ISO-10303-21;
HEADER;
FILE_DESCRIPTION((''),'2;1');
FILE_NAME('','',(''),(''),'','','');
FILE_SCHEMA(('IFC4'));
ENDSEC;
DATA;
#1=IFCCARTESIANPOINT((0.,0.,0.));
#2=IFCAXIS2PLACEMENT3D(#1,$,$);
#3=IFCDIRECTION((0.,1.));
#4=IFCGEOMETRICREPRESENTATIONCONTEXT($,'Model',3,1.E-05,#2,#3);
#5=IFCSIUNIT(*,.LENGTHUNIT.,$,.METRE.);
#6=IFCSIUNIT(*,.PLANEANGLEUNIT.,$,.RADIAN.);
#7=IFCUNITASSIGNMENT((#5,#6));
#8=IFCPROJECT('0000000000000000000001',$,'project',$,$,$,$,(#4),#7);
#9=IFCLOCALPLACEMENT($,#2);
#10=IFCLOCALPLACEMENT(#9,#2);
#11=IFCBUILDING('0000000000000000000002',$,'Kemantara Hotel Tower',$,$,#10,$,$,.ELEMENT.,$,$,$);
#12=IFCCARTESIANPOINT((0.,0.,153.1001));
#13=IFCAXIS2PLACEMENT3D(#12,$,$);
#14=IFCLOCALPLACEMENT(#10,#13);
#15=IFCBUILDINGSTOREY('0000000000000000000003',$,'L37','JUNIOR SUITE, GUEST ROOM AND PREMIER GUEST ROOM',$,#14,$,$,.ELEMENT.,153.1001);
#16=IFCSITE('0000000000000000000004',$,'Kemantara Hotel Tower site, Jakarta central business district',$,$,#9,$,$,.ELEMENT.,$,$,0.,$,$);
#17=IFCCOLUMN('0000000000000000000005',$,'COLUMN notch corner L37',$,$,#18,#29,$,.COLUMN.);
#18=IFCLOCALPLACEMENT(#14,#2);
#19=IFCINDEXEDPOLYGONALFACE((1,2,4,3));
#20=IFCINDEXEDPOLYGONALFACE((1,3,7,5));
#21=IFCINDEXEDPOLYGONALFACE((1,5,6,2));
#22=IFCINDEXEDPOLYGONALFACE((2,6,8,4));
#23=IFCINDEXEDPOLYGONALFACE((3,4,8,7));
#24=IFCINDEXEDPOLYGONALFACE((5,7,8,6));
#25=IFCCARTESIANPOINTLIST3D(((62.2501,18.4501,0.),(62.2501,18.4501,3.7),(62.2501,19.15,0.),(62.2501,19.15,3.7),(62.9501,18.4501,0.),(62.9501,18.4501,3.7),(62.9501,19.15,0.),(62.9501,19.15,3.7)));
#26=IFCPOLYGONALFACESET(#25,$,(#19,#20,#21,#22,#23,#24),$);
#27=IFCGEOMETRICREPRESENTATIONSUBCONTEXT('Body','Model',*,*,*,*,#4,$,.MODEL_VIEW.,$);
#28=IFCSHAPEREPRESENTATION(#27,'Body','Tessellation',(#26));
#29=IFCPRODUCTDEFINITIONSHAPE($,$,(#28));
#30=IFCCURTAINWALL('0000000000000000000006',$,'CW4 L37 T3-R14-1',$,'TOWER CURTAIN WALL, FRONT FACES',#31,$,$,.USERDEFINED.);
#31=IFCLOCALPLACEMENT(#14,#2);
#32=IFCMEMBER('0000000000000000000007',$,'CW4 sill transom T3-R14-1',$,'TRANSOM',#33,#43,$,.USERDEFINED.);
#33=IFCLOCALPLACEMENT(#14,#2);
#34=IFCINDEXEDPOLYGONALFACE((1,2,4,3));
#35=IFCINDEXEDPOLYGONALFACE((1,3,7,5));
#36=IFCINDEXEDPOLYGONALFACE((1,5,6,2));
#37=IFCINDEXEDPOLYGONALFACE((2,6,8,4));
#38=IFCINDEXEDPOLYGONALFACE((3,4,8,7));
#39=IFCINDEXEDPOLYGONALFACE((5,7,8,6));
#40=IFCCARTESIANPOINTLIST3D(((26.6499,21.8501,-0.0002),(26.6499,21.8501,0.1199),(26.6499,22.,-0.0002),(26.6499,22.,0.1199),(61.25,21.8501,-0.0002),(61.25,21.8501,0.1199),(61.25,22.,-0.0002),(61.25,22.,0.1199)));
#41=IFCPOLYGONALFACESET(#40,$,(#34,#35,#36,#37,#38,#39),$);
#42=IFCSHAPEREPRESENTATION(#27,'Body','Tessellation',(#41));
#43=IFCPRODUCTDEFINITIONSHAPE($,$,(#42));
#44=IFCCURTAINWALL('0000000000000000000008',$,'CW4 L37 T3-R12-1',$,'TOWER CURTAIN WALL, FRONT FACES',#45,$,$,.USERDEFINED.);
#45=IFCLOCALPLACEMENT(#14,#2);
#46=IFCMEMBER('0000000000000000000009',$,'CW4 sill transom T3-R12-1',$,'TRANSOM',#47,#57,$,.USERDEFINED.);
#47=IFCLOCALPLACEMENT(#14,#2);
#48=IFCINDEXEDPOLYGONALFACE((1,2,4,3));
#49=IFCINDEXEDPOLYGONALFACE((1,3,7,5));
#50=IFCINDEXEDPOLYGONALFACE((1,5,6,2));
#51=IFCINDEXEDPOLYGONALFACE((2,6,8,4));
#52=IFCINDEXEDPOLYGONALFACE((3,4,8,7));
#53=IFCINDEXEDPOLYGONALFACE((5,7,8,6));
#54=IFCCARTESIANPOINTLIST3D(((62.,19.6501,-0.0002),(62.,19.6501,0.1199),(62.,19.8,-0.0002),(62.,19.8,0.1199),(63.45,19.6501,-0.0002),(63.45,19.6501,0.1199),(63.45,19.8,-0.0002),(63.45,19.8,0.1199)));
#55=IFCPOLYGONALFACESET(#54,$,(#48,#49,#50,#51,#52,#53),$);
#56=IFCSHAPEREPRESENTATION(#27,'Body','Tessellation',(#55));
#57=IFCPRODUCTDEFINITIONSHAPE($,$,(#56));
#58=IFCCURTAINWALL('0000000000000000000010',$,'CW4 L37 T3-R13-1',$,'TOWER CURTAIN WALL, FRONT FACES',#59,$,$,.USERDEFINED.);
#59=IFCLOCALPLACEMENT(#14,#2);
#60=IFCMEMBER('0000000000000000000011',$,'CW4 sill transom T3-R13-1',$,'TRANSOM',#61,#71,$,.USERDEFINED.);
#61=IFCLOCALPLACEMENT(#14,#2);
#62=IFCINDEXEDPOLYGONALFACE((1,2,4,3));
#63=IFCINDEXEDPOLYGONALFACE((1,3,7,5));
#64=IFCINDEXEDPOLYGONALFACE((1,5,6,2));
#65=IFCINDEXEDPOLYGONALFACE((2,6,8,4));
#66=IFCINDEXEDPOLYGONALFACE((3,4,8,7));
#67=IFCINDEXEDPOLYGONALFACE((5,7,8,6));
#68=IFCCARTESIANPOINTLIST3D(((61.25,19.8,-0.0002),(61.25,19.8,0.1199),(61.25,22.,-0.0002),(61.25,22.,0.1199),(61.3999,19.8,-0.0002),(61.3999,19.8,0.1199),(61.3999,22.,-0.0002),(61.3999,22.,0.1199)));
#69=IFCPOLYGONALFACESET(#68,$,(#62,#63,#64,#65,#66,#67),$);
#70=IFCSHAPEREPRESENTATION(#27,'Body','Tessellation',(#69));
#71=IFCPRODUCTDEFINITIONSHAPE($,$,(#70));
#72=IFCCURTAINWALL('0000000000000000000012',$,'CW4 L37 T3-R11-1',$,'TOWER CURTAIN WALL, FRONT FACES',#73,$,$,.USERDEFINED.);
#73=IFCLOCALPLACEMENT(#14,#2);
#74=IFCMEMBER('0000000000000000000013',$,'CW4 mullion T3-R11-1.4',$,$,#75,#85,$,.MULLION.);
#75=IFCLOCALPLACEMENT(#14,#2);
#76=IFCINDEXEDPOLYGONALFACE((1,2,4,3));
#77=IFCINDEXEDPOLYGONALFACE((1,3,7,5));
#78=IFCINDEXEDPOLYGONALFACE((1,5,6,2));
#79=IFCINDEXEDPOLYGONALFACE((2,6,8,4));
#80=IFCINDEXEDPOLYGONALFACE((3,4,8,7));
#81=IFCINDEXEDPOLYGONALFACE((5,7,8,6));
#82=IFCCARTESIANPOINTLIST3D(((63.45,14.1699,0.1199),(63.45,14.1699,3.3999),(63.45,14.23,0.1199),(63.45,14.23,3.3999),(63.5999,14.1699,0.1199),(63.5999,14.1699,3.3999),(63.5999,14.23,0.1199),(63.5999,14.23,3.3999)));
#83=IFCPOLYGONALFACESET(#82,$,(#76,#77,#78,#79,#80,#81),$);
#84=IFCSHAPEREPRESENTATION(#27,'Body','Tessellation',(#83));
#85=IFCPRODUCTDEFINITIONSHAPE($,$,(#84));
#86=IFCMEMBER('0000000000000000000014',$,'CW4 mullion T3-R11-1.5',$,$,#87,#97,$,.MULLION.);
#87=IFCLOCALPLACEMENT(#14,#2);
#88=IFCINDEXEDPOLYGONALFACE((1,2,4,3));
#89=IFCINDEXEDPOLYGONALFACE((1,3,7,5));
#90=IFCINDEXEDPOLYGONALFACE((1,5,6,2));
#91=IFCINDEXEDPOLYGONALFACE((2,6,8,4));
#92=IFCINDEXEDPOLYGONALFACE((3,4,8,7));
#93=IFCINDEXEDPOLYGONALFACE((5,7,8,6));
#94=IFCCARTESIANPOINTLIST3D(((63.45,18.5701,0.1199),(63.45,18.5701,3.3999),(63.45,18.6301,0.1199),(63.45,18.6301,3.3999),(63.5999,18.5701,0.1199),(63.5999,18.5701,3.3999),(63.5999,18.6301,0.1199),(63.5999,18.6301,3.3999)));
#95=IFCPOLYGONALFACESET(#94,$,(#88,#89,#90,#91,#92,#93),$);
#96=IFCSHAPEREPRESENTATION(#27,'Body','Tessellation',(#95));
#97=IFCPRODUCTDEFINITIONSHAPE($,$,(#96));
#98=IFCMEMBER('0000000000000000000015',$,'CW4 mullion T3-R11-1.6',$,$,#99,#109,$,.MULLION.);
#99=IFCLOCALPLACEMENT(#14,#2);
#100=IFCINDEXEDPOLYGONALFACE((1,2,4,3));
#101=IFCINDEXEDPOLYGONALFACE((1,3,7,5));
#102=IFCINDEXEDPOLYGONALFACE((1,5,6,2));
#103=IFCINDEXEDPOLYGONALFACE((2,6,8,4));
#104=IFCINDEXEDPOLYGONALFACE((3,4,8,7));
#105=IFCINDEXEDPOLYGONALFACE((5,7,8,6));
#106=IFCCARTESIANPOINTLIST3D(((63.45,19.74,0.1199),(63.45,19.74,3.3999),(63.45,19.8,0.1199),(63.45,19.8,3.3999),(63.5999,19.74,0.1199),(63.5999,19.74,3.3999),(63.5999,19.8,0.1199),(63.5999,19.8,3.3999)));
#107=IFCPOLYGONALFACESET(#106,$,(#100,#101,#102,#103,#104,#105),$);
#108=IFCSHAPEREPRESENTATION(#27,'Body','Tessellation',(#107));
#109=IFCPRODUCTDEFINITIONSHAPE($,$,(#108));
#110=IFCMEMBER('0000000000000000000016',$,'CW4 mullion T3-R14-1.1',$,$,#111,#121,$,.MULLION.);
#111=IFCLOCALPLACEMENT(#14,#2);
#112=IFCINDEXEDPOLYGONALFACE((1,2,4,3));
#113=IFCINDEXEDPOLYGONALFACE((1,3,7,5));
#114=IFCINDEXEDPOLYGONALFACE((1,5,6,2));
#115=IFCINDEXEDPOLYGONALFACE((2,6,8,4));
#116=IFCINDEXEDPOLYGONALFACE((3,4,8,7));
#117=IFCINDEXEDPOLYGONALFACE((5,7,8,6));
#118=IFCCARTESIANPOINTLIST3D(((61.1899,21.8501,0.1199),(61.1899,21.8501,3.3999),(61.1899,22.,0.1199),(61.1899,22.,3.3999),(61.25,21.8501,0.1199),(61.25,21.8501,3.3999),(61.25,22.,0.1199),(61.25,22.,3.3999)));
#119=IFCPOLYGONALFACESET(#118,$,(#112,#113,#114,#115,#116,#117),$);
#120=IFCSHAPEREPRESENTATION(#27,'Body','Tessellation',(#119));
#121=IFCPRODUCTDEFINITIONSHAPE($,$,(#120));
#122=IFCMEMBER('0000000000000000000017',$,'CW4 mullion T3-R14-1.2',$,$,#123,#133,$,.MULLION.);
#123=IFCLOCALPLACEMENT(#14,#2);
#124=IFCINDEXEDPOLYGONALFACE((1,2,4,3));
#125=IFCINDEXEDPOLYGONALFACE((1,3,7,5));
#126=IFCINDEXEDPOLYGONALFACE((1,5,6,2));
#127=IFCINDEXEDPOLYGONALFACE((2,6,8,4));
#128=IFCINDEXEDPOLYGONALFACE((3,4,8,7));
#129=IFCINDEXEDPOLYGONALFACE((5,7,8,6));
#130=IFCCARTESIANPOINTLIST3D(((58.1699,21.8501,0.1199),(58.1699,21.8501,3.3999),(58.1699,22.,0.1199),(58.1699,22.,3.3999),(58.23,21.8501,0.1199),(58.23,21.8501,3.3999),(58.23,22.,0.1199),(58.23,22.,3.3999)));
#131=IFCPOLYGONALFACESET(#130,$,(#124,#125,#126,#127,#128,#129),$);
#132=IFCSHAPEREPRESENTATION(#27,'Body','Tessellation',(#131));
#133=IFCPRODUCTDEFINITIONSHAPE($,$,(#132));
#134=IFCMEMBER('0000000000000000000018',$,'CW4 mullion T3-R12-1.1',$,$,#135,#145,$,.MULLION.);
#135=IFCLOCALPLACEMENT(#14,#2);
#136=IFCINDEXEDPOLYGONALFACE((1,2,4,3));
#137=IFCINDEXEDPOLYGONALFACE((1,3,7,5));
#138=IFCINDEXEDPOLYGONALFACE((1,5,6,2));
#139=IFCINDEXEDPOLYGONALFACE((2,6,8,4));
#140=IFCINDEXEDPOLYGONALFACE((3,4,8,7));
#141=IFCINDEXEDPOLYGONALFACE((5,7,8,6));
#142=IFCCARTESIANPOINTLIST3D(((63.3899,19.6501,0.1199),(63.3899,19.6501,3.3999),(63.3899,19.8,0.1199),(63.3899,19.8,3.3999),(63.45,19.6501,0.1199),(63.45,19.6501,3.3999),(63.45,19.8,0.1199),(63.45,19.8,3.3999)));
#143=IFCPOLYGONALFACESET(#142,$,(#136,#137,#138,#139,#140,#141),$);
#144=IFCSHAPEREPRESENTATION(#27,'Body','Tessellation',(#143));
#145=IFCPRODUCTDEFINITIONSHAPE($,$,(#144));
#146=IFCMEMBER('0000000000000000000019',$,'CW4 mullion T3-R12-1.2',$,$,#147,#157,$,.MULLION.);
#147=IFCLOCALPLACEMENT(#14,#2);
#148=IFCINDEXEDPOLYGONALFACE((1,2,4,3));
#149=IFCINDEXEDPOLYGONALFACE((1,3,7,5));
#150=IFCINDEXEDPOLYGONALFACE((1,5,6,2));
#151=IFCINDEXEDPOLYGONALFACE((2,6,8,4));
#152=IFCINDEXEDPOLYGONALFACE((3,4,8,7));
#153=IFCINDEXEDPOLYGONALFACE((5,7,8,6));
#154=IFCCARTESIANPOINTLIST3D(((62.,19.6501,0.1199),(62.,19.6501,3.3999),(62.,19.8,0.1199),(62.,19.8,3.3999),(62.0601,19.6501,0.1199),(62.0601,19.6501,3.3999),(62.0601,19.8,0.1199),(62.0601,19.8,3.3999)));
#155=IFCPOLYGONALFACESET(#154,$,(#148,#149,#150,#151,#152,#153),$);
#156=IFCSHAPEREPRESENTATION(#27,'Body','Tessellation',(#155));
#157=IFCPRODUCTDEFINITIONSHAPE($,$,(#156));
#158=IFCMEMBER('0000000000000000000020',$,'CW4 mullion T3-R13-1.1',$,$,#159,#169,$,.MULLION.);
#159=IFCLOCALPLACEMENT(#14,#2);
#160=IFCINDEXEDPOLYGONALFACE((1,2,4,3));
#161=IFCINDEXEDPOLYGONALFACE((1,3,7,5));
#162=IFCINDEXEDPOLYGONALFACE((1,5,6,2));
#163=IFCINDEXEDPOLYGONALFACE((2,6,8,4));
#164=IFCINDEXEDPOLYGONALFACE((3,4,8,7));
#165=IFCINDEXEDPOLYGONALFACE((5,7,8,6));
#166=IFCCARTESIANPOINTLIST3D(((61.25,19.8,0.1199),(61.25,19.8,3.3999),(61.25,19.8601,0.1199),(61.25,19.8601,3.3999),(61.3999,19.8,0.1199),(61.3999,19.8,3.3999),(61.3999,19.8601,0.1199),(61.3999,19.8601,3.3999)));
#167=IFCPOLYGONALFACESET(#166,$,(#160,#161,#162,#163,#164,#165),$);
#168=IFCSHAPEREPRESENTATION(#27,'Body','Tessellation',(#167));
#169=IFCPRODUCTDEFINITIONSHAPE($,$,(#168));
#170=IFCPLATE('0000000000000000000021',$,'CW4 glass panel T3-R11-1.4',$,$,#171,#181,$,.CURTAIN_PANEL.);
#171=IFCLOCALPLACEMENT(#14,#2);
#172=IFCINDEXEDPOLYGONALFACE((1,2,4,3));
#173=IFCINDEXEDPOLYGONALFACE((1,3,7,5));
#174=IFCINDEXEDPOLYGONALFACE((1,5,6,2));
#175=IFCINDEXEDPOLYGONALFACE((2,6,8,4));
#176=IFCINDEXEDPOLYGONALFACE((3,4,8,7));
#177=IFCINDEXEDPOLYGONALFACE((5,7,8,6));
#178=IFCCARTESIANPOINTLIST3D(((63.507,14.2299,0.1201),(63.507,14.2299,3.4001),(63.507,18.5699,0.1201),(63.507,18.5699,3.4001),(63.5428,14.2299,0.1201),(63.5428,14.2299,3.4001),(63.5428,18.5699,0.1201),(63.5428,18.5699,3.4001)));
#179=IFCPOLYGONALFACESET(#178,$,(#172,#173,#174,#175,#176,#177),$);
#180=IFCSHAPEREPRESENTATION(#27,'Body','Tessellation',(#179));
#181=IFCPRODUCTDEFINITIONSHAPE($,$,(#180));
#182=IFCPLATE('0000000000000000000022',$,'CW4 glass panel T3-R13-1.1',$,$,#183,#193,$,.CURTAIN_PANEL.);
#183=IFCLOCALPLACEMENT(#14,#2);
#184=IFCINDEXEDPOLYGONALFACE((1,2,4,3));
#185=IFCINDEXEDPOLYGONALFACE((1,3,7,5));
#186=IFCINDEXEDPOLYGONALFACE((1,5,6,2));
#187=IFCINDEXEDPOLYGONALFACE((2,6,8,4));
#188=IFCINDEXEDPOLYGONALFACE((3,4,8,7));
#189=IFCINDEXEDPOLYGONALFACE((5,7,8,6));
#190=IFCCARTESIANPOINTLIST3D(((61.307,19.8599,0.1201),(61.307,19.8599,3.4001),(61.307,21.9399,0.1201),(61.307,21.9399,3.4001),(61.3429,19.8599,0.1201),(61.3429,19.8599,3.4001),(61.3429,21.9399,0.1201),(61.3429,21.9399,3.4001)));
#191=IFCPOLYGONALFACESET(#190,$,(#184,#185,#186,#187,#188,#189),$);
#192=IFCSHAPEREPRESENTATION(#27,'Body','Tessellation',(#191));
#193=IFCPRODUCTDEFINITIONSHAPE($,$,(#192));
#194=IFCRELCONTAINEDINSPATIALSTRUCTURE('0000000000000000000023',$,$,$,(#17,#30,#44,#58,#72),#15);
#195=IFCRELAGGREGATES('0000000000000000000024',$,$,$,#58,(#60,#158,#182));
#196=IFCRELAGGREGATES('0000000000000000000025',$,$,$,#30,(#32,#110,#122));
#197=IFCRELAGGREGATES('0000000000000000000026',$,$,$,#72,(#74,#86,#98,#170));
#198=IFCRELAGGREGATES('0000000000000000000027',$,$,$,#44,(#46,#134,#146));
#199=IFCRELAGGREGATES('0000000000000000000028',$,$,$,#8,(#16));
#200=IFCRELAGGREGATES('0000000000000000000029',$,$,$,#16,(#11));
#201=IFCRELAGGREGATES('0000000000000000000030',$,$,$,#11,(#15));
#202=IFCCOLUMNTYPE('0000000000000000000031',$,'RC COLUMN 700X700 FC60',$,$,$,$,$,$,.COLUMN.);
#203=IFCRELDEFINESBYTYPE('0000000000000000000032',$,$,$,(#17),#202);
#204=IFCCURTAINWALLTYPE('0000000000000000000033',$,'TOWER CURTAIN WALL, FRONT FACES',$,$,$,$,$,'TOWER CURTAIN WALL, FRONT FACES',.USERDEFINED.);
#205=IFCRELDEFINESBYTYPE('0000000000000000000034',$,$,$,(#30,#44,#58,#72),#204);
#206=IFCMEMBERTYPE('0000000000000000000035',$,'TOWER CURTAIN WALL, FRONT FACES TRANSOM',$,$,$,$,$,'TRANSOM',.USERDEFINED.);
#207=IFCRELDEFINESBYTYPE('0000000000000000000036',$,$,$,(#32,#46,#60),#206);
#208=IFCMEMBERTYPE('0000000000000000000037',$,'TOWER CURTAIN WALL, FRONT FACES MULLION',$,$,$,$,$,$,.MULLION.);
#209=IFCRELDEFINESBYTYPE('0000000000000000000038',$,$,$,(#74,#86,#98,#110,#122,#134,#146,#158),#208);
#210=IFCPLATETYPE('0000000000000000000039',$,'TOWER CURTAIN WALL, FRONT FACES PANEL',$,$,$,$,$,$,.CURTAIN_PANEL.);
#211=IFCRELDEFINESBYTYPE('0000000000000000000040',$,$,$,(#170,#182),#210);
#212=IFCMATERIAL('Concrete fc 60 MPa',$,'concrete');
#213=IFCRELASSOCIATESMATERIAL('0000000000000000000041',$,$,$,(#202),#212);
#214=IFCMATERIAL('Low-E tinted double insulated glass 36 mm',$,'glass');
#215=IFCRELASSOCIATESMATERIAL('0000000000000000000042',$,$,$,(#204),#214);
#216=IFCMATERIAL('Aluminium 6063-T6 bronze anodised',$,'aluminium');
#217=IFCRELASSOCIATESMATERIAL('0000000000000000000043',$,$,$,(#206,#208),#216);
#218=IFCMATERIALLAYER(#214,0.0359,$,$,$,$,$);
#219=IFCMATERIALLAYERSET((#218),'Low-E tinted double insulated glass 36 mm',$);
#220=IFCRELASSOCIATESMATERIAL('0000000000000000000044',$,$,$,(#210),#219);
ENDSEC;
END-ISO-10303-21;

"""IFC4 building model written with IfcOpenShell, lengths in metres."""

from ifc_helpers import new_model, si_unit, direction, frame, origin, origin_2d, place, context, subcontext, project, spatial, rectangle, extrude, source, transform, mapped, material, layer, layer_set, material_profile, profile_set, type_object, element, aggregate, save


model = new_model("IFC4")

# Units and contexts
model_context = context("Model", 3, precision=1e-05, world=origin(), true_north=direction((0.0, 1.0)))
body_context = subcontext(model_context, "Body", "Model", "MODEL_VIEW")
ifc_project = project(units=[si_unit("LENGTHUNIT", "METRE"), si_unit("PLANEANGLEUNIT", "RADIAN")], contexts=[model_context])

# Site, building, storey
site_placement = place(None, origin())
site = spatial("IfcSite", under=ifc_project, at=site_placement, Name="Kemantara Hotel Tower site, Jakarta central business district", CompositionType="ELEMENT", RefElevation=0.0)
building_placement = place(site_placement, origin())
building = spatial("IfcBuilding", under=site, at=building_placement, Name="Kemantara Hotel Tower", CompositionType="ELEMENT")
storey_placement = place(building_placement, frame((0.0, 0.0, 153.1001)))
storey = spatial("IfcBuildingStorey", under=building, at=storey_placement, Name="L37", Description="JUNIOR SUITE, GUEST ROOM AND PREMIER GUEST ROOM", CompositionType="ELEMENT", Elevation=153.1001)

# Column
ifc_material_1 = material(Name="Concrete fc 60 MPa", Category="concrete")
ifc_material_profile_1 = material_profile(ifc_material_1, rectangle(XDim=0.7, YDim=0.7, at=origin_2d()), Name="RC 700X700")
ifc_profile_set_1 = profile_set([ifc_material_profile_1], Name="Concrete fc 60 MPa")
column_type = type_object("IfcColumnType", Name="RC COLUMN 700X700 FC60", PredefinedType="COLUMN", material=ifc_profile_set_1)
column_placement = place(storey_placement, frame((62.6001, 18.8, 0.0), z_axis=(0.0, 0.0, 1.0), x_axis=(1.0, 0.0, 0.0)))
element("IfcColumn", 1, at=column_placement, inside=storey, type_object=column_type, Name="COLUMN notch corner L37", PredefinedType="COLUMN", context=body_context, shape_type="SweptSolid", body=[
    extrude(rectangle(XDim=0.7, YDim=0.7, at=origin_2d()), origin(), (0.0, 0.0, 1.0), 3.7),
])

# Curtain walls, members
ifc_material_2 = material(Name="Low-E tinted double insulated glass 36 mm", Category="glass")
curtain_wall_type = type_object("IfcCurtainWallType", Name="TOWER CURTAIN WALL, FRONT FACES", ElementType="TOWER CURTAIN WALL, FRONT FACES", PredefinedType="USERDEFINED", material=ifc_material_2)
curtain_wall_1_placement = place(storey_placement, origin())
curtain_wall_1 = element("IfcCurtainWall", 2, at=curtain_wall_1_placement, inside=storey, type_object=curtain_wall_type, Name="CW4 L37 T3-R14-1", ObjectType="TOWER CURTAIN WALL, FRONT FACES", PredefinedType="USERDEFINED")
ifc_material_3 = material(Name="Aluminium 6063-T6 bronze anodised", Category="aluminium")
ifc_material_profile_2 = material_profile(ifc_material_3, rectangle(XDim=0.1499, YDim=0.1201, at=origin_2d()), Name="TOWER CURTAIN WALL, FRONT FACES TRANSOM")
ifc_profile_set_2 = profile_set([ifc_material_profile_2], Name="Aluminium 6063-T6 bronze anodised")
member_type_1 = type_object("IfcMemberType", Name="TOWER CURTAIN WALL, FRONT FACES TRANSOM", ElementType="TRANSOM", PredefinedType="USERDEFINED", material=ifc_profile_set_2)
member_1_placement = place(storey_placement, frame((61.25, 21.925, 0.0598), z_axis=(-1.0, 0.0, 0.0), x_axis=(0.0, -1.0, 0.0)))
member_1 = element("IfcMember", 3, at=member_1_placement, type_object=member_type_1, Name="CW4 sill transom T3-R14-1", ObjectType="TRANSOM", PredefinedType="USERDEFINED", context=body_context, shape_type="SweptSolid", body=[
    extrude(rectangle(XDim=0.1499, YDim=0.1201, at=origin_2d()), origin(), (0.0, 0.0, 1.0), 34.6001),
])
curtain_wall_2_placement = place(storey_placement, origin())
curtain_wall_2 = element("IfcCurtainWall", 4, at=curtain_wall_2_placement, inside=storey, type_object=curtain_wall_type, Name="CW4 L37 T3-R12-1", ObjectType="TOWER CURTAIN WALL, FRONT FACES", PredefinedType="USERDEFINED")
member_2_placement = place(storey_placement, frame((63.45, 19.7251, 0.0598), z_axis=(-1.0, 0.0, 0.0), x_axis=(0.0, -1.0, 0.0)))
member_2 = element("IfcMember", 5, at=member_2_placement, type_object=member_type_1, Name="CW4 sill transom T3-R12-1", ObjectType="TRANSOM", PredefinedType="USERDEFINED", context=body_context, shape_type="SweptSolid", body=[
    extrude(rectangle(XDim=0.1499, YDim=0.1201, at=origin_2d()), origin(), (0.0, 0.0, 1.0), 1.45),
])
curtain_wall_3_placement = place(storey_placement, origin())
curtain_wall_3 = element("IfcCurtainWall", 6, at=curtain_wall_3_placement, inside=storey, type_object=curtain_wall_type, Name="CW4 L37 T3-R13-1", ObjectType="TOWER CURTAIN WALL, FRONT FACES", PredefinedType="USERDEFINED")
member_3_placement = place(storey_placement, frame((61.325, 19.8, 0.0598), z_axis=(0.0, 1.0, 0.0), x_axis=(-1.0, 0.0, 0.0)))
member_3 = element("IfcMember", 7, at=member_3_placement, type_object=member_type_1, Name="CW4 sill transom T3-R13-1", ObjectType="TRANSOM", PredefinedType="USERDEFINED", context=body_context, shape_type="SweptSolid", body=[
    extrude(rectangle(XDim=0.1499, YDim=0.1201, at=origin_2d()), origin(), (0.0, 0.0, 1.0), 2.2),
])

# Curtain wall, members
curtain_wall_4_placement = place(storey_placement, origin())
curtain_wall_4 = element("IfcCurtainWall", 8, at=curtain_wall_4_placement, inside=storey, type_object=curtain_wall_type, Name="CW4 L37 T3-R11-1", ObjectType="TOWER CURTAIN WALL, FRONT FACES", PredefinedType="USERDEFINED")
ifc_material_profile_3 = material_profile(ifc_material_3, rectangle(XDim=0.1499, YDim=0.0601, at=origin_2d()), Name="TOWER CURTAIN WALL, FRONT FACES MULLION")
ifc_profile_set_3 = profile_set([ifc_material_profile_3], Name="Aluminium 6063-T6 bronze anodised")
member_type_2 = type_object("IfcMemberType", Name="TOWER CURTAIN WALL, FRONT FACES MULLION", PredefinedType="MULLION", material=ifc_profile_set_3)
shared_shape_1 = source(origin(), body_context, "Body", "SweptSolid", [
    extrude(rectangle(XDim=0.1499, YDim=0.0601, at=origin_2d()), origin(), (0.0, 0.0, 1.0), 3.28),
])
member_4_placement = place(storey_placement, frame((63.5249, 14.2, 0.1199), z_axis=(0.0, 0.0, 1.0), x_axis=(-1.0, 0.0, 0.0)))
member_4 = element("IfcMember", 9, at=member_4_placement, type_object=member_type_2, Name="CW4 mullion T3-R11-1.4", PredefinedType="MULLION", context=body_context, shape_type="MappedRepresentation", body=[
    mapped(shared_shape_1, transform((0.0, 0.0, 0.0))),
])
member_5_placement = place(storey_placement, frame((63.5249, 18.6001, 0.1199), z_axis=(0.0, 0.0, 1.0), x_axis=(-1.0, 0.0, 0.0)))
member_5 = element("IfcMember", 10, at=member_5_placement, type_object=member_type_2, Name="CW4 mullion T3-R11-1.5", PredefinedType="MULLION", context=body_context, shape_type="MappedRepresentation", body=[
    mapped(shared_shape_1, transform((0.0, 0.0, 0.0))),
])
member_6_placement = place(storey_placement, frame((63.5249, 19.77, 0.1199), z_axis=(0.0, 0.0, 1.0), x_axis=(-1.0, 0.0, 0.0)))
member_6 = element("IfcMember", 11, at=member_6_placement, type_object=member_type_2, Name="CW4 mullion T3-R11-1.6", PredefinedType="MULLION", context=body_context, shape_type="MappedRepresentation", body=[
    mapped(shared_shape_1, transform((0.0, 0.0, 0.0))),
])

# Members
member_7_placement = place(storey_placement, frame((61.22, 21.925, 0.1199), z_axis=(0.0, 0.0, 1.0), x_axis=(0.0, -1.0, 0.0)))
member_7 = element("IfcMember", 12, at=member_7_placement, type_object=member_type_2, Name="CW4 mullion T3-R14-1.1", PredefinedType="MULLION", context=body_context, shape_type="MappedRepresentation", body=[
    mapped(shared_shape_1, transform((0.0, 0.0, 0.0))),
])
member_8_placement = place(storey_placement, frame((58.2, 21.925, 0.1199), z_axis=(0.0, 0.0, 1.0), x_axis=(0.0, -1.0, 0.0)))
member_8 = element("IfcMember", 13, at=member_8_placement, type_object=member_type_2, Name="CW4 mullion T3-R14-1.2", PredefinedType="MULLION", context=body_context, shape_type="MappedRepresentation", body=[
    mapped(shared_shape_1, transform((0.0, 0.0, 0.0))),
])
member_9_placement = place(storey_placement, frame((63.4199, 19.7251, 0.1199), z_axis=(0.0, 0.0, 1.0), x_axis=(0.0, -1.0, 0.0)))
member_9 = element("IfcMember", 14, at=member_9_placement, type_object=member_type_2, Name="CW4 mullion T3-R12-1.1", PredefinedType="MULLION", context=body_context, shape_type="MappedRepresentation", body=[
    mapped(shared_shape_1, transform((0.0, 0.0, 0.0))),
])
member_10_placement = place(storey_placement, frame((62.03, 19.7251, 0.1199), z_axis=(0.0, 0.0, 1.0), x_axis=(0.0, -1.0, 0.0)))
member_10 = element("IfcMember", 15, at=member_10_placement, type_object=member_type_2, Name="CW4 mullion T3-R12-1.2", PredefinedType="MULLION", context=body_context, shape_type="MappedRepresentation", body=[
    mapped(shared_shape_1, transform((0.0, 0.0, 0.0))),
])
member_11_placement = place(storey_placement, frame((61.325, 19.8301, 0.1199), z_axis=(0.0, 0.0, 1.0), x_axis=(-1.0, 0.0, 0.0)))
member_11 = element("IfcMember", 16, at=member_11_placement, type_object=member_type_2, Name="CW4 mullion T3-R13-1.1", PredefinedType="MULLION", context=body_context, shape_type="MappedRepresentation", body=[
    mapped(shared_shape_1, transform((0.0, 0.0, 0.0))),
])

# Plates
ifc_layer_1 = layer(ifc_material_2, 0.0359)
ifc_layer_set_1 = layer_set([ifc_layer_1], Name="Low-E tinted double insulated glass 36 mm")
plate_type = type_object("IfcPlateType", Name="TOWER CURTAIN WALL, FRONT FACES PANEL", PredefinedType="CURTAIN_PANEL", material=ifc_layer_set_1)
shared_shape_2 = source(origin(), body_context, "Body", "SweptSolid", [
    extrude(rectangle(XDim=4.3401, YDim=0.0359, at=origin_2d()), origin(), (0.0, 0.0, 1.0), 3.28),
])
plate_1_placement = place(storey_placement, frame((63.5249, 16.3999, 0.1201), z_axis=(0.0, 0.0, 1.0), x_axis=(0.0, 1.0, 0.0)))
plate_1 = element("IfcPlate", 17, at=plate_1_placement, type_object=plate_type, Name="CW4 glass panel T3-R11-1.4", PredefinedType="CURTAIN_PANEL", context=body_context, shape_type="MappedRepresentation", body=[
    mapped(shared_shape_2, transform((0.0, 0.0, 0.0))),
])
shared_shape_3 = source(origin(), body_context, "Body", "SweptSolid", [
    extrude(rectangle(XDim=2.0801, YDim=0.0359, at=origin_2d()), origin(), (0.0, 0.0, 1.0), 3.28),
])
plate_2_placement = place(storey_placement, frame((61.325, 20.8999, 0.1201), z_axis=(0.0, 0.0, 1.0), x_axis=(0.0, 1.0, 0.0)))
plate_2 = element("IfcPlate", 18, at=plate_2_placement, type_object=plate_type, Name="CW4 glass panel T3-R13-1.1", PredefinedType="CURTAIN_PANEL", context=body_context, shape_type="MappedRepresentation", body=[
    mapped(shared_shape_3, transform((0.0, 0.0, 0.0))),
])
aggregate(curtain_wall_3, [member_3, member_11, plate_2])
aggregate(curtain_wall_1, [member_1, member_7, member_8])
aggregate(curtain_wall_4, [member_4, member_5, member_6, plate_1])
aggregate(curtain_wall_2, [member_2, member_9, member_10])

save(model, "model.ifc")
